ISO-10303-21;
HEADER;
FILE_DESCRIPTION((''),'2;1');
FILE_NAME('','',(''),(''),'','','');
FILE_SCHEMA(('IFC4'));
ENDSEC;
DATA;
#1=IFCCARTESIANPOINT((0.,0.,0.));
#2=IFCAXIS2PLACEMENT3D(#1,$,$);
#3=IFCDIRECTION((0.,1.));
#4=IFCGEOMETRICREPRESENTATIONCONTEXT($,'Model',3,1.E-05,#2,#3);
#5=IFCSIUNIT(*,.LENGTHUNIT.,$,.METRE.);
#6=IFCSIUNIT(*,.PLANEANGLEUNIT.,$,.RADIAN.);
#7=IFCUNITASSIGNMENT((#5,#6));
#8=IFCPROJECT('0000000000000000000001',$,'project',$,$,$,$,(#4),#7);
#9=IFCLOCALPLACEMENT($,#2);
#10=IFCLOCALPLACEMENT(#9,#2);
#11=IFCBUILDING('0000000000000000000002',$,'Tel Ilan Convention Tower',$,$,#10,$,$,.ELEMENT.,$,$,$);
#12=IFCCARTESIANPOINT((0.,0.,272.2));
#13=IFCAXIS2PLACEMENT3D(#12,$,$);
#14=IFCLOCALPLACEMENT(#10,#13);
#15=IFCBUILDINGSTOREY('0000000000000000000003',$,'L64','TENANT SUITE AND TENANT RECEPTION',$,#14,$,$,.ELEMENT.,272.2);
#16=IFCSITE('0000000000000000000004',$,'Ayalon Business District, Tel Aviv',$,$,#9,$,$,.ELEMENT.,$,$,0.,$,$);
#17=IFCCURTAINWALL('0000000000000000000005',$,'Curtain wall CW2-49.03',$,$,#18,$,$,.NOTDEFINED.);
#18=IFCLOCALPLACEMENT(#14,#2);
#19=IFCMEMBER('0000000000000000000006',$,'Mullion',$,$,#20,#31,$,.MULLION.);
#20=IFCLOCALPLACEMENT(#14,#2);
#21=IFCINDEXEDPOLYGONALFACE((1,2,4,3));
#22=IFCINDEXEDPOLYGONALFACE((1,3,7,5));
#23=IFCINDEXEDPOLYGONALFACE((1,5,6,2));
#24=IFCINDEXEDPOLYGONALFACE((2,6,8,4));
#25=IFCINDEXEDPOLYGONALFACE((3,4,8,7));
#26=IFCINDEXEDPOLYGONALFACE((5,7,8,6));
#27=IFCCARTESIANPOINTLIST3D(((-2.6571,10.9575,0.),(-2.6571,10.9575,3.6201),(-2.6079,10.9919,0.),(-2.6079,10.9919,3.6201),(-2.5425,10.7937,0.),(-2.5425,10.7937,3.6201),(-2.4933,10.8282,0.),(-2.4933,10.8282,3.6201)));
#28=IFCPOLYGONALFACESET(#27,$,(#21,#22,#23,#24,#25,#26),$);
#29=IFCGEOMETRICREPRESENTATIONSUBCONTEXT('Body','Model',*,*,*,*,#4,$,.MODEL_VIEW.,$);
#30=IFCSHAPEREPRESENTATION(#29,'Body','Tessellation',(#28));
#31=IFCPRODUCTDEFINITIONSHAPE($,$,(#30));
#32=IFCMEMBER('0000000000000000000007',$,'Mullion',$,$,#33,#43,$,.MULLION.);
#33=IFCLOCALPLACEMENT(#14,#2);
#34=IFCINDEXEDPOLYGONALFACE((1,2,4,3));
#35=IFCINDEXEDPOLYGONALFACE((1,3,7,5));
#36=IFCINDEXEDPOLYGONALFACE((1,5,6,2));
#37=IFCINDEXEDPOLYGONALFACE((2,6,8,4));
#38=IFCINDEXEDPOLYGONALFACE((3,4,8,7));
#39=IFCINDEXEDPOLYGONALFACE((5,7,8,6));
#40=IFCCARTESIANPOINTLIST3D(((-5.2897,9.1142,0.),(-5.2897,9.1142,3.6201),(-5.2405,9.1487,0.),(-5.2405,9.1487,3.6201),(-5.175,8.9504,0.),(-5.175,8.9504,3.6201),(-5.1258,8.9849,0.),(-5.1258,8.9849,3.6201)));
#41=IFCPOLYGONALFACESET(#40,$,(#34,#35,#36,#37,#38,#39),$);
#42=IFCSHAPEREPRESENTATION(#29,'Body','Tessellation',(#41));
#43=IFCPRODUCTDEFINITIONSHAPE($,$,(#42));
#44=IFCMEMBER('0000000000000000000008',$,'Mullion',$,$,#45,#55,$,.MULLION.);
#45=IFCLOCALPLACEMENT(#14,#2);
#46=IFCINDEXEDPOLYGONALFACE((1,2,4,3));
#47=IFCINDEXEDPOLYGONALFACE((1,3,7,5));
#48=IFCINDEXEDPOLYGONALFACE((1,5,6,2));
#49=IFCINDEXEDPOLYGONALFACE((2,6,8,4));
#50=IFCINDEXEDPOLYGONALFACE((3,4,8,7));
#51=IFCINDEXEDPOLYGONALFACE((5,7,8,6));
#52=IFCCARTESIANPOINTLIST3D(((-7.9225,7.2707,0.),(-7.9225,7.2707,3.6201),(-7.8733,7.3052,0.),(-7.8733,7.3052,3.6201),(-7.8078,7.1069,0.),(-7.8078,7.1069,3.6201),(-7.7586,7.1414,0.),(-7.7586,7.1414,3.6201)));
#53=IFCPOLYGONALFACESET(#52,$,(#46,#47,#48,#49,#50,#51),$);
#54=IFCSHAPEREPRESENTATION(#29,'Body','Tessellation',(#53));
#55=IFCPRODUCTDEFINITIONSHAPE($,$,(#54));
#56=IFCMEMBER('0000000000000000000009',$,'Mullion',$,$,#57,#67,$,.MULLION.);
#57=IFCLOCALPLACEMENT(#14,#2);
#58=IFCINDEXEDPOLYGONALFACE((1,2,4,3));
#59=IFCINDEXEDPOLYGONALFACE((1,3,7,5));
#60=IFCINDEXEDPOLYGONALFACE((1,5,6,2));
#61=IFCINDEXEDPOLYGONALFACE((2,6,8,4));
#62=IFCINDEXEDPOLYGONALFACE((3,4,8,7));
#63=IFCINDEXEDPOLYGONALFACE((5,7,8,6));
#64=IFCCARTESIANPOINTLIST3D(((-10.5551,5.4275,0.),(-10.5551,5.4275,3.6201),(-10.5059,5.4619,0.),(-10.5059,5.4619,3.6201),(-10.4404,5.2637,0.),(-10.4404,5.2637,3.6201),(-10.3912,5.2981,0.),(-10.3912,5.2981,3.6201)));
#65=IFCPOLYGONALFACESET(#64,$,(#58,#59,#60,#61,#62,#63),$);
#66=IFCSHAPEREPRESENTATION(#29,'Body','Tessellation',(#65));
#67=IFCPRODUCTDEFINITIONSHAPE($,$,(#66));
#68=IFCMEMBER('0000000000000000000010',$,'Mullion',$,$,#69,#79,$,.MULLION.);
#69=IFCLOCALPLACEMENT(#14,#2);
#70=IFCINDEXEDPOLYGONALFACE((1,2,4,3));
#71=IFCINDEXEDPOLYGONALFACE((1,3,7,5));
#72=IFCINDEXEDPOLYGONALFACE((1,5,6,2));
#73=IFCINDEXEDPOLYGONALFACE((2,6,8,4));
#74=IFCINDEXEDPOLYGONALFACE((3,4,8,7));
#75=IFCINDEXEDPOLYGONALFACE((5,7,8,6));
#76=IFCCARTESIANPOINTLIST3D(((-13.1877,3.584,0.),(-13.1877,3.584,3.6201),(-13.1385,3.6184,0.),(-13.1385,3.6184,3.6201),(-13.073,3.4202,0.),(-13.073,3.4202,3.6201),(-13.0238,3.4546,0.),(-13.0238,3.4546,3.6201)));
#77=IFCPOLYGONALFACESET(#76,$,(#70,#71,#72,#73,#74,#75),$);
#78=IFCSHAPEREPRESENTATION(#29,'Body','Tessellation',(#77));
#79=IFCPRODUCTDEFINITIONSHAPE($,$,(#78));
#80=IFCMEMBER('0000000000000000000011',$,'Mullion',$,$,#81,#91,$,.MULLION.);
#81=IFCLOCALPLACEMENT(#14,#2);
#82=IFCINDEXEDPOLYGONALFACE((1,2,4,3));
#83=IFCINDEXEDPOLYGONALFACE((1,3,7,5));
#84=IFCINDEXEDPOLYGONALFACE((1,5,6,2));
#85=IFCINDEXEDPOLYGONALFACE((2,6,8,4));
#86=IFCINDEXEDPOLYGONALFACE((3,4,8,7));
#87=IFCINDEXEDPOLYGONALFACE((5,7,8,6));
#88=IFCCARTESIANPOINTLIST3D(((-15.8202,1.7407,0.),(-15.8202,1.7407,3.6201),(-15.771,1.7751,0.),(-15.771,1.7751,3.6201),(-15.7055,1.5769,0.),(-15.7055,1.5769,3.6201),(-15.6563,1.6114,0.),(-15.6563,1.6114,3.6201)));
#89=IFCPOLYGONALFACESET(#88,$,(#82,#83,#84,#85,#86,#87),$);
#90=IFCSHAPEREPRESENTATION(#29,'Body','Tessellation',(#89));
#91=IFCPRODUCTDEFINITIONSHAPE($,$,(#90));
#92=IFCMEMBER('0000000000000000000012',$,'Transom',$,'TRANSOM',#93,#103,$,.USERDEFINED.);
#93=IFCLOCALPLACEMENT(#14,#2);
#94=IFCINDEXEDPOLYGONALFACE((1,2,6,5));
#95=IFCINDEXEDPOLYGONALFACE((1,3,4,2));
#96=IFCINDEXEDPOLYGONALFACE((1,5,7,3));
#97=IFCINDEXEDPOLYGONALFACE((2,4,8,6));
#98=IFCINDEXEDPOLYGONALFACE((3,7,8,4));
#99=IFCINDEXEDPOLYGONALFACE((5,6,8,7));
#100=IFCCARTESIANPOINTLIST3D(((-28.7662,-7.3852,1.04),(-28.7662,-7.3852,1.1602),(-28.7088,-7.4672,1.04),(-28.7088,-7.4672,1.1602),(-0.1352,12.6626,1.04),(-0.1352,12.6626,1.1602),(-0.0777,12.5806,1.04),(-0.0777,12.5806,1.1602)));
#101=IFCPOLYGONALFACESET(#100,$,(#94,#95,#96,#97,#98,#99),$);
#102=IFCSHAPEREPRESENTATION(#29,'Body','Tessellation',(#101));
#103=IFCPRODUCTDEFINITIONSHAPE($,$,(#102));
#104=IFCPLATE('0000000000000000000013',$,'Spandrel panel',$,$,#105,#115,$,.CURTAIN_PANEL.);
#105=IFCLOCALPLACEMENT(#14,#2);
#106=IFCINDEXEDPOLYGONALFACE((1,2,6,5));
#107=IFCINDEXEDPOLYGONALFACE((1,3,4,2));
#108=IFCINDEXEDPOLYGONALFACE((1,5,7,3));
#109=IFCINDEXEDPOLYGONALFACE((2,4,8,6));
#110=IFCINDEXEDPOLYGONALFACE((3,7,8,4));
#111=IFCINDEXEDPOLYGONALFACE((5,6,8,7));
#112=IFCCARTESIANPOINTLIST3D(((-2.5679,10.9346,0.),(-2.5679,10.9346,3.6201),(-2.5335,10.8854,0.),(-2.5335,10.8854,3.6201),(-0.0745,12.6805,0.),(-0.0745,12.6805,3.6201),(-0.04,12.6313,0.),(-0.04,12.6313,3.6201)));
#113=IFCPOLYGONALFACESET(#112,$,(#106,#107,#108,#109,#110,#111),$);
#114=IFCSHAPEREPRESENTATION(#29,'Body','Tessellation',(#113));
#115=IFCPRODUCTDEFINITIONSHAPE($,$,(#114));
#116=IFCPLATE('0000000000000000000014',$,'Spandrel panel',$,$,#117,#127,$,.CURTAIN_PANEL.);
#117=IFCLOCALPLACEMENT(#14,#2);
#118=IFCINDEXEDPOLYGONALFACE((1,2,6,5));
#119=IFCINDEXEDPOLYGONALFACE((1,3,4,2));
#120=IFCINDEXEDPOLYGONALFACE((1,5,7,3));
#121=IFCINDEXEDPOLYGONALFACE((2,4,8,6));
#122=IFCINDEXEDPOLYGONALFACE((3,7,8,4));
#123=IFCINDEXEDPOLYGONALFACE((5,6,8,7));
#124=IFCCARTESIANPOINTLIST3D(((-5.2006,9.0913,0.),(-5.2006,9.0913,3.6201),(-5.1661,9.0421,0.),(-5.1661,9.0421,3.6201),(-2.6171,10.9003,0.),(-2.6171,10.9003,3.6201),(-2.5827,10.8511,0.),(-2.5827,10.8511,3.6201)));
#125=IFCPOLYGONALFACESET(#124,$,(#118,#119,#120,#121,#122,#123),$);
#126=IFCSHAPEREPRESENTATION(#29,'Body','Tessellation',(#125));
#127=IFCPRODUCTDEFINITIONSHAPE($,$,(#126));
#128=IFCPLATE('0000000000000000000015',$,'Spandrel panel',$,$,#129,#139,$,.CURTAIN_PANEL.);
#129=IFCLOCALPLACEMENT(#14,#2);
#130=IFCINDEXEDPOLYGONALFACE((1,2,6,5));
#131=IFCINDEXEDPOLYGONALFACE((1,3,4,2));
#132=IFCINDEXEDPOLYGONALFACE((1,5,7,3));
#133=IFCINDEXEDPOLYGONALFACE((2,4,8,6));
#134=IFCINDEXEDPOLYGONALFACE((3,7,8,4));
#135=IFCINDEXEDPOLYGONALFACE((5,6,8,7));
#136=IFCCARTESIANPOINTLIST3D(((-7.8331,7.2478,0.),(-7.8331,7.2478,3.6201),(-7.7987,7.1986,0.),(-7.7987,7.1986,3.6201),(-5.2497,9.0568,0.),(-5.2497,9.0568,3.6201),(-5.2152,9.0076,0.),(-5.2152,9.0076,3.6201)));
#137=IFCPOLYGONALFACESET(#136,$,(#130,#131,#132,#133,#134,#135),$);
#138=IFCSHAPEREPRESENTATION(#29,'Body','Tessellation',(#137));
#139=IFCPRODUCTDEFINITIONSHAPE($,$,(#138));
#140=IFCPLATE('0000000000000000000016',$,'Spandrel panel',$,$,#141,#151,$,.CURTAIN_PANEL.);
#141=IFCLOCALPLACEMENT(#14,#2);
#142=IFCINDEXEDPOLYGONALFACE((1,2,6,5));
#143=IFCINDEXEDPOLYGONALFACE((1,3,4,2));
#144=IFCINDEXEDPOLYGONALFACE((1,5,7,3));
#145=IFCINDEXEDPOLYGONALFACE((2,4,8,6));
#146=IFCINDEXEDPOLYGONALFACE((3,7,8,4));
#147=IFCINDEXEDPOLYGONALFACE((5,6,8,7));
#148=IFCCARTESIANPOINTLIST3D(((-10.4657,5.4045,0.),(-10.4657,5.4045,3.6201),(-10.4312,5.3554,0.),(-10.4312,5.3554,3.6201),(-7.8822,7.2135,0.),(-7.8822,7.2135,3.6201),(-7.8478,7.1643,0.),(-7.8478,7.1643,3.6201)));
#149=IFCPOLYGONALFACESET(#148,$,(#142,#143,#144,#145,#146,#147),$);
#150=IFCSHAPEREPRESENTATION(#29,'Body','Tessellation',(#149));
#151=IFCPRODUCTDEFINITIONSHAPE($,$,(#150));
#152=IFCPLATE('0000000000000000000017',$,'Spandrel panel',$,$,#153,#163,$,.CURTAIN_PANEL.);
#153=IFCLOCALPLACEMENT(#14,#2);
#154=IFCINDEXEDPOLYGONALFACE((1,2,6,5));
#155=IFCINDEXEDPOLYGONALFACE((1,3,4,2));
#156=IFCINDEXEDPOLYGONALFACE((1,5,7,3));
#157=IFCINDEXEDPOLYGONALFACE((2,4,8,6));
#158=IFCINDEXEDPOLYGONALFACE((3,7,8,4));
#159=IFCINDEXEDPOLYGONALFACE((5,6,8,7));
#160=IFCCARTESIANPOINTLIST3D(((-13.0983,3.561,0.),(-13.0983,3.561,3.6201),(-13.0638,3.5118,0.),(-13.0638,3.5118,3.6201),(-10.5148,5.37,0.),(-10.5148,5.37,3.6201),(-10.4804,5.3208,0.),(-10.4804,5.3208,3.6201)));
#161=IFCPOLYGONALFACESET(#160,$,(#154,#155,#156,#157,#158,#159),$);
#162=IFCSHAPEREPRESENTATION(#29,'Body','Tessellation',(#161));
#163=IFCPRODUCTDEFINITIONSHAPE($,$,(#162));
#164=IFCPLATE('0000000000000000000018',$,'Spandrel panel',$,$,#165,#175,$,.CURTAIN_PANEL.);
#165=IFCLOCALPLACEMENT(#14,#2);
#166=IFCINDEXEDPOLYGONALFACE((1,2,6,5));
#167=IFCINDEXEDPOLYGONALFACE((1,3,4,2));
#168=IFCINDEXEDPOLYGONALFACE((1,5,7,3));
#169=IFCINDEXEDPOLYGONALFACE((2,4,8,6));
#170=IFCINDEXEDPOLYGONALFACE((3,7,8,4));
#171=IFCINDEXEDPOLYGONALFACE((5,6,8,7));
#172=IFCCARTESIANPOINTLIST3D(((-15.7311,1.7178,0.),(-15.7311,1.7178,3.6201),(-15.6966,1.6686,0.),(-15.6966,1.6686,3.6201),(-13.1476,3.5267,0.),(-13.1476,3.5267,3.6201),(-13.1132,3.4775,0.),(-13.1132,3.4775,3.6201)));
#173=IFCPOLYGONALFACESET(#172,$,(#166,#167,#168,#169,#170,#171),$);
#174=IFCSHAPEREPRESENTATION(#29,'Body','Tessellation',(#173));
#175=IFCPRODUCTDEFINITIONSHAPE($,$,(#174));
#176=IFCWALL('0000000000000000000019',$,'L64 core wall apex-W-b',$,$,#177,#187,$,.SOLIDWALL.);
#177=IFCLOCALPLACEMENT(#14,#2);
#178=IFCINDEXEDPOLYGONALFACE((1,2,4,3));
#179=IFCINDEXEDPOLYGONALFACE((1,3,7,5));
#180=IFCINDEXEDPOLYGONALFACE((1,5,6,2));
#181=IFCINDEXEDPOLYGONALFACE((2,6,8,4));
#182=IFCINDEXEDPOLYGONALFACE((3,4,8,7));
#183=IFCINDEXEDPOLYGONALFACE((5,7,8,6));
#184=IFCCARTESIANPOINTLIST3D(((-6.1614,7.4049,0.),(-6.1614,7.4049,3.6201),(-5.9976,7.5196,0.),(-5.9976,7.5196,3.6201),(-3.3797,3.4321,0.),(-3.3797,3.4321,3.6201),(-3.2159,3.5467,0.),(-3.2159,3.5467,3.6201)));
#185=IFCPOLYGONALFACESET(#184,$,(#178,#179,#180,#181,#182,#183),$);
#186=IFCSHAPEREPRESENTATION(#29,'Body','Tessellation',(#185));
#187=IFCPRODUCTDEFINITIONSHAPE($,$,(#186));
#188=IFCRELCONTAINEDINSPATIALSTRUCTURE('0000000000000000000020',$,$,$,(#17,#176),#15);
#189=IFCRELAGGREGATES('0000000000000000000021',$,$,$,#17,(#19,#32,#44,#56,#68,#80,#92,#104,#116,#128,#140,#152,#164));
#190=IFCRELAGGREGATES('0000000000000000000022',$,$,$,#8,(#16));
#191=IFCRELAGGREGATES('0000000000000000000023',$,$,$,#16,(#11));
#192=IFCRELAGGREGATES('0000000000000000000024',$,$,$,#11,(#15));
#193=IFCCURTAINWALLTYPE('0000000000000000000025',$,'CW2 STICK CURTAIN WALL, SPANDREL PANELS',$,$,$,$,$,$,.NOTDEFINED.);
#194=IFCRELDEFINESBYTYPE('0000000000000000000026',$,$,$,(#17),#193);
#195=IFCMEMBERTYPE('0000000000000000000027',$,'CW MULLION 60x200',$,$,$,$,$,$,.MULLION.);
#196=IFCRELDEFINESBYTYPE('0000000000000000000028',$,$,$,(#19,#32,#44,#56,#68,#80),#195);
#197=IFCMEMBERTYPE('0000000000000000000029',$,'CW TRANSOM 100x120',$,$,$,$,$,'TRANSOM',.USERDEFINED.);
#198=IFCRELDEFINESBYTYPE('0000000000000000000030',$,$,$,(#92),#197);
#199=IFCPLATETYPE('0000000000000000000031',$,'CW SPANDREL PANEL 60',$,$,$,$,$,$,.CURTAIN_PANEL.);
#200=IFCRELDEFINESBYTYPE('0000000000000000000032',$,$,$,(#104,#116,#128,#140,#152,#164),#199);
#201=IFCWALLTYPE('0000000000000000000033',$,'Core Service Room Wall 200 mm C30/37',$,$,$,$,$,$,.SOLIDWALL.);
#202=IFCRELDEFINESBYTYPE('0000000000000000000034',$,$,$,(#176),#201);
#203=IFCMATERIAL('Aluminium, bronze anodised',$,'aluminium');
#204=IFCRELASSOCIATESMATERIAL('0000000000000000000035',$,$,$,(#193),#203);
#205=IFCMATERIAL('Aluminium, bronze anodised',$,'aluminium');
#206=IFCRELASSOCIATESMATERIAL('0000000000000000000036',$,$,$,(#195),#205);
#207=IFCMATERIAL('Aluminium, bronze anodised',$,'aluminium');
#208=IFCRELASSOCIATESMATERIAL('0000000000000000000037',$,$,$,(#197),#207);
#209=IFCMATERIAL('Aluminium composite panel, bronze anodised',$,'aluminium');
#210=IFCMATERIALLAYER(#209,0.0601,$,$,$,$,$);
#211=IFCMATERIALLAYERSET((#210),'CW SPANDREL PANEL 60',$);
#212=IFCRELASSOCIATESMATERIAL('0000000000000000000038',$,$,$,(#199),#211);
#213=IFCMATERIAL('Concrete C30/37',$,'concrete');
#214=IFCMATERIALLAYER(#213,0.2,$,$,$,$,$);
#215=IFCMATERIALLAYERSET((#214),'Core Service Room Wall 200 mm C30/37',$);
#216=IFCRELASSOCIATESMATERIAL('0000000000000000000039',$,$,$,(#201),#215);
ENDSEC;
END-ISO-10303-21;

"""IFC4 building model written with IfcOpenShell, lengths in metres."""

from ifc_helpers import new_model, si_unit, direction, frame, frame_2d, origin, origin_2d, place, context, subcontext, project, spatial, rectangle, extrude, material, layer, layer_set, material_profile, profile_set, type_object, element, aggregate, save


model = new_model("IFC4")

# Units and contexts
model_context = context("Model", 3, precision=1e-05, world=origin(), true_north=direction((0.0, 1.0)))
body_context = subcontext(model_context, "Body", "Model", "MODEL_VIEW")
ifc_project = project(units=[si_unit("LENGTHUNIT", "METRE"), si_unit("PLANEANGLEUNIT", "RADIAN")], contexts=[model_context])

# Site, building, storey
site_placement = place(None, origin())
site = spatial("IfcSite", under=ifc_project, at=site_placement, Name="Ayalon Business District, Tel Aviv", CompositionType="ELEMENT", RefElevation=0.0)
building_placement = place(site_placement, origin())
building = spatial("IfcBuilding", under=site, at=building_placement, Name="Tel Ilan Convention Tower", CompositionType="ELEMENT")
storey_placement = place(building_placement, frame((0.0, 0.0, 272.2)))
storey = spatial("IfcBuildingStorey", under=building, at=storey_placement, Name="L64", Description="TENANT SUITE AND TENANT RECEPTION", CompositionType="ELEMENT", Elevation=272.2)

# Curtain wall, members, plates
ifc_material_1 = material(Name="Aluminium, bronze anodised", Category="aluminium")
curtain_wall_type = type_object("IfcCurtainWallType", Name="CW2 STICK CURTAIN WALL, SPANDREL PANELS", PredefinedType="NOTDEFINED", material=ifc_material_1)
curtain_wall_placement = place(storey_placement, origin())
curtain_wall = element("IfcCurtainWall", 1, at=curtain_wall_placement, inside=storey, type_object=curtain_wall_type, Name="Curtain wall CW2-49.03", PredefinedType="NOTDEFINED")
ifc_material_2 = material(Name="Aluminium, bronze anodised", Category="aluminium")
ifc_material_profile_1 = material_profile(ifc_material_2, rectangle(XDim=0.0601, YDim=0.2, at=origin_2d()), Name="CW MULLION 60x200")
ifc_profile_set_1 = profile_set([ifc_material_profile_1], Name="Aluminium, bronze anodised")
member_type_1 = type_object("IfcMemberType", Name="CW MULLION 60x200", PredefinedType="MULLION", material=ifc_profile_set_1)
member_1_placement = place(storey_placement, frame((-2.5752, 10.8928, 0.0), z_axis=(0.0, 0.0, 1.0), x_axis=(-0.819152, -0.573576, 0.0)))
member_1 = element("IfcMember", 2, at=member_1_placement, type_object=member_type_1, Name="Mullion", PredefinedType="MULLION", context=body_context, shape_type="SweptSolid", body=[
    extrude(rectangle(XDim=0.0601, YDim=0.2, at=origin_2d()), origin(), (0.0, 0.0, 1.0), 3.6201),
])
member_2_placement = place(storey_placement, frame((-5.2078, 9.0496, 0.0), z_axis=(0.0, 0.0, 1.0), x_axis=(-0.819152, -0.573576, 0.0)))
member_2 = element("IfcMember", 3, at=member_2_placement, type_object=member_type_1, Name="Mullion", PredefinedType="MULLION", context=body_context, shape_type="SweptSolid", body=[
    extrude(rectangle(XDim=0.0601, YDim=0.2, at=origin_2d()), origin(), (0.0, 0.0, 1.0), 3.6201),
])
member_3_placement = place(storey_placement, frame((-7.8406, 7.2061, 0.0), z_axis=(0.0, 0.0, 1.0), x_axis=(-0.819152, -0.573576, 0.0)))
member_3 = element("IfcMember", 4, at=member_3_placement, type_object=member_type_1, Name="Mullion", PredefinedType="MULLION", context=body_context, shape_type="SweptSolid", body=[
    extrude(rectangle(XDim=0.0601, YDim=0.2, at=origin_2d()), origin(), (0.0, 0.0, 1.0), 3.6201),
])
member_4_placement = place(storey_placement, frame((-10.4731, 5.3628, 0.0), z_axis=(0.0, 0.0, 1.0), x_axis=(-0.819152, -0.573576, 0.0)))
member_4 = element("IfcMember", 5, at=member_4_placement, type_object=member_type_1, Name="Mullion", PredefinedType="MULLION", context=body_context, shape_type="SweptSolid", body=[
    extrude(rectangle(XDim=0.0601, YDim=0.2, at=origin_2d()), origin(), (0.0, 0.0, 1.0), 3.6201),
])
member_5_placement = place(storey_placement, frame((-13.1057, 3.5193, 0.0), z_axis=(0.0, 0.0, 1.0), x_axis=(-0.819152, -0.573576, 0.0)))
member_5 = element("IfcMember", 6, at=member_5_placement, type_object=member_type_1, Name="Mullion", PredefinedType="MULLION", context=body_context, shape_type="SweptSolid", body=[
    extrude(rectangle(XDim=0.0601, YDim=0.2, at=origin_2d()), origin(), (0.0, 0.0, 1.0), 3.6201),
])
member_6_placement = place(storey_placement, frame((-15.7383, 1.676, 0.0), z_axis=(0.0, 0.0, 1.0), x_axis=(-0.819152, -0.573576, 0.0)))
member_6 = element("IfcMember", 7, at=member_6_placement, type_object=member_type_1, Name="Mullion", PredefinedType="MULLION", context=body_context, shape_type="SweptSolid", body=[
    extrude(rectangle(XDim=0.0601, YDim=0.2, at=origin_2d()), origin(), (0.0, 0.0, 1.0), 3.6201),
])
ifc_material_3 = material(Name="Aluminium, bronze anodised", Category="aluminium")
ifc_material_profile_2 = material_profile(ifc_material_3, rectangle(XDim=0.1001, YDim=0.1201, at=origin_2d()), Name="CW TRANSOM 100x120")
ifc_profile_set_2 = profile_set([ifc_material_profile_2], Name="Aluminium, bronze anodised")
member_type_2 = type_object("IfcMemberType", Name="CW TRANSOM 100x120", ElementType="TRANSOM", PredefinedType="USERDEFINED", material=ifc_profile_set_2)
member_7_placement = place(storey_placement, frame((-0.1064, 12.6216, 1.1001), z_axis=(-0.81915, -0.573579, 0.0), x_axis=(0.573579, -0.81915, 0.0)))
member_7 = element("IfcMember", 8, at=member_7_placement, type_object=member_type_2, Name="Transom", ObjectType="TRANSOM", PredefinedType="USERDEFINED", context=body_context, shape_type="SweptSolid", body=[
    extrude(rectangle(XDim=0.1001, YDim=0.1201, at=origin_2d()), origin(), (0.0, 0.0, 1.0), 34.9521),
])
ifc_material_4 = material(Name="Aluminium composite panel, bronze anodised", Category="aluminium")
ifc_layer_1 = layer(ifc_material_4, 0.0601)
ifc_layer_set_1 = layer_set([ifc_layer_1], Name="CW SPANDREL PANEL 60")
plate_type = type_object("IfcPlateType", Name="CW SPANDREL PANEL 60", PredefinedType="CURTAIN_PANEL", material=ifc_layer_set_1)
plate_1_placement = place(storey_placement, frame((-1.304, 11.783, 0.0), z_axis=(0.0, 0.0, 1.0), x_axis=(-0.819152, -0.573576, 0.0)))
plate_1 = element("IfcPlate", 9, at=plate_1_placement, type_object=plate_type, Name="Spandrel panel", PredefinedType="CURTAIN_PANEL", context=body_context, shape_type="SweptSolid", body=[
    extrude(rectangle(XDim=3.0439, YDim=0.0601, at=origin_2d()), origin(), (0.0, 0.0, 1.0), 3.6201),
])
plate_2_placement = place(storey_placement, frame((-3.8916, 9.9712, 0.0), z_axis=(0.0, 0.0, 1.0), x_axis=(-0.819152, -0.573576, 0.0)))
plate_2 = element("IfcPlate", 10, at=plate_2_placement, type_object=plate_type, Name="Spandrel panel", PredefinedType="CURTAIN_PANEL", context=body_context, shape_type="SweptSolid", body=[
    extrude(rectangle(XDim=3.1538, YDim=0.0601, at=origin_2d()), origin(), (0.0, 0.0, 1.0), 3.6201),
])
plate_3_placement = place(storey_placement, frame((-6.5242, 8.1277, 0.0), z_axis=(0.0, 0.0, 1.0), x_axis=(-0.819152, -0.573576, 0.0)))
plate_3 = element("IfcPlate", 11, at=plate_3_placement, type_object=plate_type, Name="Spandrel panel", PredefinedType="CURTAIN_PANEL", context=body_context, shape_type="SweptSolid", body=[
    extrude(rectangle(XDim=3.1538, YDim=0.0601, at=origin_2d()), origin(), (0.0, 0.0, 1.0), 3.6201),
])
plate_4_placement = place(storey_placement, frame((-9.1567, 6.2844, 0.0), z_axis=(0.0, 0.0, 1.0), x_axis=(-0.819152, -0.573576, 0.0)))
plate_4 = element("IfcPlate", 12, at=plate_4_placement, type_object=plate_type, Name="Spandrel panel", PredefinedType="CURTAIN_PANEL", context=body_context, shape_type="SweptSolid", body=[
    extrude(rectangle(XDim=3.1538, YDim=0.0601, at=origin_2d()), origin(), (0.0, 0.0, 1.0), 3.6201),
])
plate_5_placement = place(storey_placement, frame((-11.7893, 4.4409, 0.0), z_axis=(0.0, 0.0, 1.0), x_axis=(-0.819152, -0.573576, 0.0)))
plate_5 = element("IfcPlate", 13, at=plate_5_placement, type_object=plate_type, Name="Spandrel panel", PredefinedType="CURTAIN_PANEL", context=body_context, shape_type="SweptSolid", body=[
    extrude(rectangle(XDim=3.1538, YDim=0.0601, at=origin_2d()), origin(), (0.0, 0.0, 1.0), 3.6201),
])
plate_6_placement = place(storey_placement, frame((-14.4221, 2.5977, 0.0), z_axis=(0.0, 0.0, 1.0), x_axis=(-0.819152, -0.573576, 0.0)))
plate_6 = element("IfcPlate", 14, at=plate_6_placement, type_object=plate_type, Name="Spandrel panel", PredefinedType="CURTAIN_PANEL", context=body_context, shape_type="SweptSolid", body=[
    extrude(rectangle(XDim=3.1538, YDim=0.0601, at=origin_2d()), origin(), (0.0, 0.0, 1.0), 3.6201),
])
aggregate(curtain_wall, [member_1, member_2, member_3, member_4, member_5, member_6, member_7, plate_1, plate_2, plate_3, plate_4, plate_5, plate_6])

# Wall
ifc_material_5 = material(Name="Concrete C30/37", Category="concrete")
ifc_layer_2 = layer(ifc_material_5, 0.2)
ifc_layer_set_2 = layer_set([ifc_layer_2], Name="Core Service Room Wall 200 mm C30/37")
wall_type_1 = type_object("IfcWallType", Name="Core Service Room Wall 200 mm C30/37", PredefinedType="SOLIDWALL", material=ifc_layer_set_2)
wall_1_placement = place(storey_placement, frame((-3.2979, 3.4895, 0.0), z_axis=(0.0, 0.0, 1.0), x_axis=(-0.57356, 0.819163, 0.0)))
element("IfcWall", 15, at=wall_1_placement, inside=storey, type_object=wall_type_1, Name="L64 core wall apex-W-b", PredefinedType="SOLIDWALL", context=body_context, shape_type="SweptSolid", body=[
    extrude(rectangle(XDim=4.8499, YDim=0.2, at=frame_2d((2.4248, 0.0))), origin(), (0.0, 0.0, 1.0), 3.6201),
])

save(model, "model.ifc")
